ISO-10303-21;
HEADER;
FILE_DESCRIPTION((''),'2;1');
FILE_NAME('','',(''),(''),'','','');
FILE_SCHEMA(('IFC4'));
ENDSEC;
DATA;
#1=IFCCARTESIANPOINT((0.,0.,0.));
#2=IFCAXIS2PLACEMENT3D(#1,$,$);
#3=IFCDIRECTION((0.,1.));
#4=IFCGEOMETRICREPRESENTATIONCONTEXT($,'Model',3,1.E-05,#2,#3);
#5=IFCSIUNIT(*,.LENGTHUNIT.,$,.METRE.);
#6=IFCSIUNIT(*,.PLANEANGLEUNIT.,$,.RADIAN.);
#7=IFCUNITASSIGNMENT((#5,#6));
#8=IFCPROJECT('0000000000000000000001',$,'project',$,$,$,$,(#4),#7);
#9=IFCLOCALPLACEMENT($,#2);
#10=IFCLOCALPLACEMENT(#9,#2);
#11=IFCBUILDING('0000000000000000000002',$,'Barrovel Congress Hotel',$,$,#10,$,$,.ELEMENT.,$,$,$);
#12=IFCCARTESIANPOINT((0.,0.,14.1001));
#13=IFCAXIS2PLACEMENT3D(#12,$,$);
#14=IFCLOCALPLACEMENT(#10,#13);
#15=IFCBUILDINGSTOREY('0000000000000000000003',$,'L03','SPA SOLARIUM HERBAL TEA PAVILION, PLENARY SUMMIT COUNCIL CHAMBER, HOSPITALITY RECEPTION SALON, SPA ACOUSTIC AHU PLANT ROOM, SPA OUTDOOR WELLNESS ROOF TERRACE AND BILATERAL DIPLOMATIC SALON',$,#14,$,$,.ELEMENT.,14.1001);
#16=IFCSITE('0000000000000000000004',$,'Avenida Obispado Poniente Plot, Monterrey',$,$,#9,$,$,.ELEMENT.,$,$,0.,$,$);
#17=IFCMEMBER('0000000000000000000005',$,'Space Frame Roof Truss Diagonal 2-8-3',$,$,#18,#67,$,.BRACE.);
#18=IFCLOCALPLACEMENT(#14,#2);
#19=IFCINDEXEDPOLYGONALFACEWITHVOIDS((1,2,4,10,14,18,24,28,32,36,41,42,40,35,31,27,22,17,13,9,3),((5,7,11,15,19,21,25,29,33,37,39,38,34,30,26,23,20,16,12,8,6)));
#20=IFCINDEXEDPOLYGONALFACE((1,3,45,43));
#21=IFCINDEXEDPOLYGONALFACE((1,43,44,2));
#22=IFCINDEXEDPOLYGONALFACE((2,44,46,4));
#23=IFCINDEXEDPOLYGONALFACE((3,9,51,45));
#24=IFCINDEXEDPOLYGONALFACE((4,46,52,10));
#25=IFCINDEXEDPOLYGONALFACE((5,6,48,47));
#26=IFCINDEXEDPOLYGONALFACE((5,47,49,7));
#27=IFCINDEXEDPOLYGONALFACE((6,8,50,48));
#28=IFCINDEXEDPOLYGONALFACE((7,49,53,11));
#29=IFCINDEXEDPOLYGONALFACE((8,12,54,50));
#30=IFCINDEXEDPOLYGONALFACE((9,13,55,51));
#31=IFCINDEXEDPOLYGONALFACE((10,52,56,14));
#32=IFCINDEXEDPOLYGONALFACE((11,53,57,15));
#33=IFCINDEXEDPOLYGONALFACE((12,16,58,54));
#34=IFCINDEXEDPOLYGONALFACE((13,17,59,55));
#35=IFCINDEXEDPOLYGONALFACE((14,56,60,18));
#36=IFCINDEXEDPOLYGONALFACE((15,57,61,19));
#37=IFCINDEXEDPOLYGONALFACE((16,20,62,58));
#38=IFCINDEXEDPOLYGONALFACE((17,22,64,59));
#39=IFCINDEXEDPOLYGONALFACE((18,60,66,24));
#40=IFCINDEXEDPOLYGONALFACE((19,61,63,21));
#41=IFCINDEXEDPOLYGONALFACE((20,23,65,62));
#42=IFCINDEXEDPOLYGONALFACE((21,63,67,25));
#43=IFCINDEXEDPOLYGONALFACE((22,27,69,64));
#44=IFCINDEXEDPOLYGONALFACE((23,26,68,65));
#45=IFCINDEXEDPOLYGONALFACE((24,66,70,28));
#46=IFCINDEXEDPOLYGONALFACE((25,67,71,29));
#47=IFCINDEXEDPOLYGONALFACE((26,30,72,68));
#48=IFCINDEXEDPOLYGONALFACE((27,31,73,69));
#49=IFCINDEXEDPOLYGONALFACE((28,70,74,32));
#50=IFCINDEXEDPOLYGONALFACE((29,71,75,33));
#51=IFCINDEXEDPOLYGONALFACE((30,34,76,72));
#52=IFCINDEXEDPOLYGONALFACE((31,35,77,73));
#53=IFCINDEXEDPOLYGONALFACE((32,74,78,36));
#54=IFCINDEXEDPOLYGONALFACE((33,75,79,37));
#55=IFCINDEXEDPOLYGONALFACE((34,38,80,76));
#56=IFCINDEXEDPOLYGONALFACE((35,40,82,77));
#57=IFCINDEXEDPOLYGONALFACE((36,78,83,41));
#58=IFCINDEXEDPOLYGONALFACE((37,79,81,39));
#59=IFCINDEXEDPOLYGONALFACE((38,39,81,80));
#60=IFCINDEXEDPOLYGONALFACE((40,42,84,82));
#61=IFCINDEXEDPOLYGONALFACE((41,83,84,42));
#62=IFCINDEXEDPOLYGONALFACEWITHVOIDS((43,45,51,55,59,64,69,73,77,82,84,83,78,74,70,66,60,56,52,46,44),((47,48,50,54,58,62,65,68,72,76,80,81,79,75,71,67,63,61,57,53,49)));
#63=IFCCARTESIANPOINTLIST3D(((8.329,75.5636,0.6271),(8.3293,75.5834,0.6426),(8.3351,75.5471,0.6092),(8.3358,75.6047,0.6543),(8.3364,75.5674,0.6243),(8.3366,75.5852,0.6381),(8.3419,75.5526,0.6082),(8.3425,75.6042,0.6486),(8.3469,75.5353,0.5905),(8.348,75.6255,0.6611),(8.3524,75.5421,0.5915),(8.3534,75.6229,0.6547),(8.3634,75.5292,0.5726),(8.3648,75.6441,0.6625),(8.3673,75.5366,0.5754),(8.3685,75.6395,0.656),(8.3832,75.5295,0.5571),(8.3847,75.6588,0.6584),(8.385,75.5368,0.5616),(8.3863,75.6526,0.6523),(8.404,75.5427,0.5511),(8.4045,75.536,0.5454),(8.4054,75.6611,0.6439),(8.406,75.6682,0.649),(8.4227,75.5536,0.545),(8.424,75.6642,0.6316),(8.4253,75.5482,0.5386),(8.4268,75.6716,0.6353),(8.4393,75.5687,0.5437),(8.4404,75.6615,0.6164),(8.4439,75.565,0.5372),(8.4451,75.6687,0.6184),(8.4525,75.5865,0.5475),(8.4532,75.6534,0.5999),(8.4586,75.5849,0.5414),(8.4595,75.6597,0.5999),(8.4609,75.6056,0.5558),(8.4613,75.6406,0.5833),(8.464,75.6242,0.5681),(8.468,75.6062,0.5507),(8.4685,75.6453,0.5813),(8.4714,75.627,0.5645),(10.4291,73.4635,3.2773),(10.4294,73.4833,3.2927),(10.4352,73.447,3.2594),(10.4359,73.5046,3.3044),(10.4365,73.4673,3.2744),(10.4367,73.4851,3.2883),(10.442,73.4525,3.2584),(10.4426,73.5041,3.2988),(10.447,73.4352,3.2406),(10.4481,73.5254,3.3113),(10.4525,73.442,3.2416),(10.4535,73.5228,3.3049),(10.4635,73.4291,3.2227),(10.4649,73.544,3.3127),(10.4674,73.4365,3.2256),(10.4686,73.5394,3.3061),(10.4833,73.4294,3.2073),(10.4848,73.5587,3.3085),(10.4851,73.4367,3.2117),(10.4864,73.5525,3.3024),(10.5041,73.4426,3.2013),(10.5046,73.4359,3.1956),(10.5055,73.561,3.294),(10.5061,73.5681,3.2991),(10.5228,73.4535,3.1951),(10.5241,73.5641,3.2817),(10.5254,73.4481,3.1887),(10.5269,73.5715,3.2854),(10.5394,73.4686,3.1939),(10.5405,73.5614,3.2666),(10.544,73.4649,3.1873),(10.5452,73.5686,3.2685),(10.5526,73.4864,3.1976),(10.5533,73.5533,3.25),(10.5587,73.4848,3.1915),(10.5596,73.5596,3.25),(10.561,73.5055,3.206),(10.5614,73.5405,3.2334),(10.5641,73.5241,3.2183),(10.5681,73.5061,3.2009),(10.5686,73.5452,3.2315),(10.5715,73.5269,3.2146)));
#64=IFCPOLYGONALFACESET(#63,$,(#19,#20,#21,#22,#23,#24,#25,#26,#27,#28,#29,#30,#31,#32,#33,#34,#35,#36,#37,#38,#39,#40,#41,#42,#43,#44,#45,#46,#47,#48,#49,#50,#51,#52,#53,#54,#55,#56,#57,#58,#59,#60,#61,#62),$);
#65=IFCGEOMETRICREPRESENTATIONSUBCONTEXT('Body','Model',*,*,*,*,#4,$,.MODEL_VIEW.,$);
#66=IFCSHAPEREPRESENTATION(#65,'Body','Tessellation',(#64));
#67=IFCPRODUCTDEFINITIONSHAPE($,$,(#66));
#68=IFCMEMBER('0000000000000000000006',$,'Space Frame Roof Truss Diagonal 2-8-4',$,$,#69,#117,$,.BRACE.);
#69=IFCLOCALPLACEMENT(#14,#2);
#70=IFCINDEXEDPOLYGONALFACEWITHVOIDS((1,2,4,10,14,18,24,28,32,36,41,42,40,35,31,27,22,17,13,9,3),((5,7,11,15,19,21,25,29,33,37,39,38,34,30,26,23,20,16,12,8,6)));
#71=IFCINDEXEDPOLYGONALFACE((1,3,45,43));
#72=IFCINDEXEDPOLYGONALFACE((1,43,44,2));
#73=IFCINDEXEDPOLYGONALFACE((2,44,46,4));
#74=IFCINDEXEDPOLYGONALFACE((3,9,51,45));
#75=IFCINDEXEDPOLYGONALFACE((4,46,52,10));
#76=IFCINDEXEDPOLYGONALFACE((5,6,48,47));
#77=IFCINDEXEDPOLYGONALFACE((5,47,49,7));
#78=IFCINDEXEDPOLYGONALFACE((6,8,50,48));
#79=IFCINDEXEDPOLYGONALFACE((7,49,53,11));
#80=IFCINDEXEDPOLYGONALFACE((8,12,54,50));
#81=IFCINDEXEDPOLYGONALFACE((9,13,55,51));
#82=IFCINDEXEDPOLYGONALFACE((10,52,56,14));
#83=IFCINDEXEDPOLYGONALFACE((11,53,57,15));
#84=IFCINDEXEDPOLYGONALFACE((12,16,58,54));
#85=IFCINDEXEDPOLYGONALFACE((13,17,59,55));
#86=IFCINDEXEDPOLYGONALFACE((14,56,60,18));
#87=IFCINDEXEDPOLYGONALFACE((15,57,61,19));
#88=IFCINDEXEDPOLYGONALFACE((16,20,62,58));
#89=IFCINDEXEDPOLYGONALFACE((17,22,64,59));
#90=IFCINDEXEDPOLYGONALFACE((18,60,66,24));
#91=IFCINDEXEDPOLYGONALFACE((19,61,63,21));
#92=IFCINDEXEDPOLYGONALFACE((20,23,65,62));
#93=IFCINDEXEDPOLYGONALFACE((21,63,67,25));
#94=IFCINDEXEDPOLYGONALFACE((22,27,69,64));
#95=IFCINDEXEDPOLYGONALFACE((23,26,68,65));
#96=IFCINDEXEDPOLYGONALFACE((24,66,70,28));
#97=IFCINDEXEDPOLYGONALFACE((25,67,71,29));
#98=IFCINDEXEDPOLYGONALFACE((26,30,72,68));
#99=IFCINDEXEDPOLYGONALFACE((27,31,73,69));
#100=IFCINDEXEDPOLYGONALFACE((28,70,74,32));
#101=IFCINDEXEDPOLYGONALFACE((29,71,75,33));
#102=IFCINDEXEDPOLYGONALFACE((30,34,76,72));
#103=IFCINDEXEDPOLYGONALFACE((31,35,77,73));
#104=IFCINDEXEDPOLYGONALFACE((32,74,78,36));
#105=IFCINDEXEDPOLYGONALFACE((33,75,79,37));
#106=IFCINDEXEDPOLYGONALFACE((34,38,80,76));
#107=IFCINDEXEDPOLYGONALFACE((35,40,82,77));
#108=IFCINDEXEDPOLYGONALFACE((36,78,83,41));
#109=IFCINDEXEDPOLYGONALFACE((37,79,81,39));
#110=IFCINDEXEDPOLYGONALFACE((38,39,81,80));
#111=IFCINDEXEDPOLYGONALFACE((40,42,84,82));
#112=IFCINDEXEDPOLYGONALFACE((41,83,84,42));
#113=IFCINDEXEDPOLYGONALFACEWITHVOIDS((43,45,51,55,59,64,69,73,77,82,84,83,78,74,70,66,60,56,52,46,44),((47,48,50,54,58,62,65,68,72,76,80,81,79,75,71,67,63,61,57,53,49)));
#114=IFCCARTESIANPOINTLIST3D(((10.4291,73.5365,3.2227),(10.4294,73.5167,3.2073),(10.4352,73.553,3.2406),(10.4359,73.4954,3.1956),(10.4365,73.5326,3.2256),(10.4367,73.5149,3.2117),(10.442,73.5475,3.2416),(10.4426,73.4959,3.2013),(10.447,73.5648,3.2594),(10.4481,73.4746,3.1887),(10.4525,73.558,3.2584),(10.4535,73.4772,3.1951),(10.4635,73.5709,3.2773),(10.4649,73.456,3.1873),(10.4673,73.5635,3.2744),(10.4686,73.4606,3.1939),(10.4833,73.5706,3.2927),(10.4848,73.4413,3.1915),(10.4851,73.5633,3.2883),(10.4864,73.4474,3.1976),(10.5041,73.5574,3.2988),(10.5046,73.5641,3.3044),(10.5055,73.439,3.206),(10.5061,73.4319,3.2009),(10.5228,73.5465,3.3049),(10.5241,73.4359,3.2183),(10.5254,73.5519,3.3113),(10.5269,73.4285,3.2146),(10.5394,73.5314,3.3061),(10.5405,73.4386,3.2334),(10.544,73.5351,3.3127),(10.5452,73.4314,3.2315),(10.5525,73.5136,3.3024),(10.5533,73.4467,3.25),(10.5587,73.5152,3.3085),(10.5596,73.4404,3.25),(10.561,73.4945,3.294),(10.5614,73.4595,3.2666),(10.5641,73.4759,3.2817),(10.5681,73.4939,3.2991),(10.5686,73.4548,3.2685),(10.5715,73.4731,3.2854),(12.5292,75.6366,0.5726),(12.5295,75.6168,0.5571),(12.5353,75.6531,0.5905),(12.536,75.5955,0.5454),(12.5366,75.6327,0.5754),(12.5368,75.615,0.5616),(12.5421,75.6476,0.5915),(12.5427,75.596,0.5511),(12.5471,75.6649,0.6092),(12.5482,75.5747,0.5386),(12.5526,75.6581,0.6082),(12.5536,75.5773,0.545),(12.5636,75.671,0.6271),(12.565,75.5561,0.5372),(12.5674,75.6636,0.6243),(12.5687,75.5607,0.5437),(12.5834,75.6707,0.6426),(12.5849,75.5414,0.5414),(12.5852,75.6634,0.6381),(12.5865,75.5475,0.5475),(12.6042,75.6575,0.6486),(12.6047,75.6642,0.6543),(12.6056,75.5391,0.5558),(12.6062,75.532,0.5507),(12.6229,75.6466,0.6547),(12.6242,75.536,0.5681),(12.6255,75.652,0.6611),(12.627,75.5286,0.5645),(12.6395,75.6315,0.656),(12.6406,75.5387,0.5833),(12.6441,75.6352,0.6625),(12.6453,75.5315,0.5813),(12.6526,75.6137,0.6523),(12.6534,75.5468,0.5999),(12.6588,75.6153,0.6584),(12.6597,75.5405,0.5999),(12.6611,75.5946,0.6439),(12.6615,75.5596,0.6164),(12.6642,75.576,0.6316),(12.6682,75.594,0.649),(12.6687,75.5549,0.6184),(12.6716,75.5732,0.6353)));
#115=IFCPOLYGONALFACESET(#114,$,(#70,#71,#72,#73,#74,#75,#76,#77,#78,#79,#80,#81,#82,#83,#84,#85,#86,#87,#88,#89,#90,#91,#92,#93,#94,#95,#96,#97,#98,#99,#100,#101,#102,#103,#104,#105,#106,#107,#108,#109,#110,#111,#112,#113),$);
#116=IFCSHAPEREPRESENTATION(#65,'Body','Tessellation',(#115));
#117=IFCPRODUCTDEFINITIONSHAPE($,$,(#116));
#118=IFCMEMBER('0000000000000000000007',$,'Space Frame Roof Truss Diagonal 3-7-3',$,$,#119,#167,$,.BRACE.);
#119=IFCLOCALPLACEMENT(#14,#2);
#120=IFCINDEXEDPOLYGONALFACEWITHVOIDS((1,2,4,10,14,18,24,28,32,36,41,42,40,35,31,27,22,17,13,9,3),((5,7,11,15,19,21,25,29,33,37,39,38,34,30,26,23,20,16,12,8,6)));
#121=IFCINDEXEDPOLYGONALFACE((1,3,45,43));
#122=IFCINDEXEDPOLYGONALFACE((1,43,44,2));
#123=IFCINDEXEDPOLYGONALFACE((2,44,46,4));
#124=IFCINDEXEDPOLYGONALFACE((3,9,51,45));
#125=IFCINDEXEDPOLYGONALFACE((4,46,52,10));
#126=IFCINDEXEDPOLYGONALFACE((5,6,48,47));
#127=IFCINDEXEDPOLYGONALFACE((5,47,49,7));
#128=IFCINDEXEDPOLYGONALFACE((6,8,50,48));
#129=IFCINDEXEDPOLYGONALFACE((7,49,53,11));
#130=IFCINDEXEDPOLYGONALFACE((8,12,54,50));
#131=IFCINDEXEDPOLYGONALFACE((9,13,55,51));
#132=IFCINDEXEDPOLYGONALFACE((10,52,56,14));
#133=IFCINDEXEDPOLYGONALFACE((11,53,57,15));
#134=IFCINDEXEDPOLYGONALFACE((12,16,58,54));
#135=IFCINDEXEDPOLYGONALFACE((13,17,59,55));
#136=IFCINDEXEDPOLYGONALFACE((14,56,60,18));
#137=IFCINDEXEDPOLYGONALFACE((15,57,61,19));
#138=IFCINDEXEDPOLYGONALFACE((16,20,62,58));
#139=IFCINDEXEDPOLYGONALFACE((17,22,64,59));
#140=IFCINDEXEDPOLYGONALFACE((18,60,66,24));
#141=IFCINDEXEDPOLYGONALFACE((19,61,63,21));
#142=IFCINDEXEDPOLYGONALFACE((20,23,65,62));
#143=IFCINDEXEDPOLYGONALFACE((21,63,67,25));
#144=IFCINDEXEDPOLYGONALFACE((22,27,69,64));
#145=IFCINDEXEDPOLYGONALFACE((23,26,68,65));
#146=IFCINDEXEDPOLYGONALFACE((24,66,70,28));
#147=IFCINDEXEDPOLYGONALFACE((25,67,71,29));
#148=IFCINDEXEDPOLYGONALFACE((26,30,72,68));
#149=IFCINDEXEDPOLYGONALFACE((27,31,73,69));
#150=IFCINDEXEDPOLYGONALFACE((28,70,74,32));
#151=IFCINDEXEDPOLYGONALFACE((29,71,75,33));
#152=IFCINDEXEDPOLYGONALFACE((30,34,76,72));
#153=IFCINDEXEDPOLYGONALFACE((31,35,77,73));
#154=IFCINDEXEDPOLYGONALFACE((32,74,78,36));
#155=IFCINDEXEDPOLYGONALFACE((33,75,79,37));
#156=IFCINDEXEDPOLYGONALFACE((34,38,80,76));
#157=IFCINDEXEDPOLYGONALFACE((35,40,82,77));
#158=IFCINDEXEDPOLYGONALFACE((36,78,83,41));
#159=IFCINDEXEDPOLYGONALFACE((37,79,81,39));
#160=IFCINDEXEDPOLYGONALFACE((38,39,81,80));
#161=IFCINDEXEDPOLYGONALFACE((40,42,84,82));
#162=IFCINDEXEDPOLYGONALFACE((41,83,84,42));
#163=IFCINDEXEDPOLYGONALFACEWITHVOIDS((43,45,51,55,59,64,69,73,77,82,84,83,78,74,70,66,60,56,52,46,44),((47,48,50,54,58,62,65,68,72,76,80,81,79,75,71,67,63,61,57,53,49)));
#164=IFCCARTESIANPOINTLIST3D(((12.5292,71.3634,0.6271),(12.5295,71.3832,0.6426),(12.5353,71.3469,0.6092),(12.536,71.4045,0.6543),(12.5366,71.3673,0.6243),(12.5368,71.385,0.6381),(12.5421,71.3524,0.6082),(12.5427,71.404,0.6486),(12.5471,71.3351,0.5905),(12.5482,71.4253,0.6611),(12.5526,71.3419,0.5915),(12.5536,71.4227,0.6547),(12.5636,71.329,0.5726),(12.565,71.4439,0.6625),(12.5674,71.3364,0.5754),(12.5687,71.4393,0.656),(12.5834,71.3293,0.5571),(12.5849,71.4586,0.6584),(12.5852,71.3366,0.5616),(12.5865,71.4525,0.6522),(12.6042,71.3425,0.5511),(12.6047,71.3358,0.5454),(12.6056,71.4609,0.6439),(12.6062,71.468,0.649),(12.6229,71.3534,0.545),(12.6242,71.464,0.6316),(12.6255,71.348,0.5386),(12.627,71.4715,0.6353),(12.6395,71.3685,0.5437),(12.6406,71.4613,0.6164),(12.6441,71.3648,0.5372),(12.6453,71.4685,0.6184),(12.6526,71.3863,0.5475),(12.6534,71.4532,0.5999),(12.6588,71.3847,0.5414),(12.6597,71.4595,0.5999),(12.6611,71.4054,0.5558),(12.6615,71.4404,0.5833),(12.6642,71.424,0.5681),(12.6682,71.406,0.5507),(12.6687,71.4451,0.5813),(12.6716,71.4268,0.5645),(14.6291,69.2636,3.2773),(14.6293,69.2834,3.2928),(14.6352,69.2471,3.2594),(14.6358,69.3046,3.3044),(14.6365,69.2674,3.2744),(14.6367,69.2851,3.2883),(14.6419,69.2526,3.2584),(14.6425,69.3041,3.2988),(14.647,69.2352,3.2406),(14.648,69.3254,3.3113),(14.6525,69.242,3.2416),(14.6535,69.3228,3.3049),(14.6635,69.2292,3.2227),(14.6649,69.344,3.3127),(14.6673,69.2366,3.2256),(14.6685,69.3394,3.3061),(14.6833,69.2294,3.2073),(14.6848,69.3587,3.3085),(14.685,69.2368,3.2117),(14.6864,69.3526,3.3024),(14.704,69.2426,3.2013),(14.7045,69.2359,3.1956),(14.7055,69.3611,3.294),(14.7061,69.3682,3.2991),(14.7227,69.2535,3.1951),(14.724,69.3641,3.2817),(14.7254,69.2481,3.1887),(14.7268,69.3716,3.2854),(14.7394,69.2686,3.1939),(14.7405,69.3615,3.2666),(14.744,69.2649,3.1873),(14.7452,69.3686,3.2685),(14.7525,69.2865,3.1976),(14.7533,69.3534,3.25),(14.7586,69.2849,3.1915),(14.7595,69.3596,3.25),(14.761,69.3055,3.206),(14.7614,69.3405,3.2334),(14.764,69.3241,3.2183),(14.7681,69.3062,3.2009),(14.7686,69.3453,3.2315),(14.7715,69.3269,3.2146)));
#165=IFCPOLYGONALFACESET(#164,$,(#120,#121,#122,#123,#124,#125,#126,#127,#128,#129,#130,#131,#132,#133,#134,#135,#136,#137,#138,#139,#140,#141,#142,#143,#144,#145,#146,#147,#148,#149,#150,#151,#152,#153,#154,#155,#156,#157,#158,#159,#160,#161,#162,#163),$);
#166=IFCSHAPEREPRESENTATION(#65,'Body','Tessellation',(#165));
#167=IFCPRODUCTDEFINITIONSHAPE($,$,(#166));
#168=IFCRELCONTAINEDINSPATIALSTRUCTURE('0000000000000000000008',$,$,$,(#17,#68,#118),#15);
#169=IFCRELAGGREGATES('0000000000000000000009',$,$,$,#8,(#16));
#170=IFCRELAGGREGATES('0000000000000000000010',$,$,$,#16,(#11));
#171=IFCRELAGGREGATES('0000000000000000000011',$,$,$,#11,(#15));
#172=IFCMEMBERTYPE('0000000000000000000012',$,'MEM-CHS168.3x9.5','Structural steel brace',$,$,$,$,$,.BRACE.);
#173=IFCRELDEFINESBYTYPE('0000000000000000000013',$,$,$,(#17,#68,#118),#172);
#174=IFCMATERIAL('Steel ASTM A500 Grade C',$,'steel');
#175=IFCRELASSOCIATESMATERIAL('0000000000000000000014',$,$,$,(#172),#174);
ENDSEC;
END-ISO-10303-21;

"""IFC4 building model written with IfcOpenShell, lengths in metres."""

from ifc_helpers import new_model, si_unit, direction, frame, origin, origin_2d, place, context, subcontext, project, spatial, hollow_circle, extrude, material, material_profile, profile_set, type_object, element, save


model = new_model("IFC4")

# Units and contexts
model_context = context("Model", 3, precision=1e-05, world=origin(), true_north=direction((0.0, 1.0)))
body_context = subcontext(model_context, "Body", "Model", "MODEL_VIEW")
ifc_project = project(units=[si_unit("LENGTHUNIT", "METRE"), si_unit("PLANEANGLEUNIT", "RADIAN")], contexts=[model_context])

# Site, building, storey
site_placement = place(None, origin())
site = spatial("IfcSite", under=ifc_project, at=site_placement, Name="Avenida Obispado Poniente Plot, Monterrey", CompositionType="ELEMENT", RefElevation=0.0)
building_placement = place(site_placement, origin())
building = spatial("IfcBuilding", under=site, at=building_placement, Name="Barrovel Congress Hotel", CompositionType="ELEMENT")
storey_placement = place(building_placement, frame((0.0, 0.0, 14.1001)))
storey = spatial("IfcBuildingStorey", under=building, at=storey_placement, Name="L03", Description="SPA SOLARIUM HERBAL TEA PAVILION, PLENARY SUMMIT COUNCIL CHAMBER, HOSPITALITY RECEPTION SALON, SPA ACOUSTIC AHU PLANT ROOM, SPA OUTDOOR WELLNESS ROOF TERRACE AND BILATERAL DIPLOMATIC SALON", CompositionType="ELEMENT", Elevation=14.1001)

# Members
ifc_material_1 = material(Name="Steel ASTM A500 Grade C", Category="steel")
ifc_material_profile_1 = material_profile(ifc_material_1, hollow_circle(Radius=0.0842, WallThickness=0.0088, at=origin_2d()), Name="CHS168.3x9.5")
ifc_profile_set_1 = profile_set([ifc_material_profile_1], Name="Steel ASTM A500 Grade C")
member_type_1 = type_object("IfcMemberType", Name="MEM-CHS168.3x9.5", Description="Structural steel brace", PredefinedType="BRACE", material=ifc_profile_set_1)
for number, where, z_axis, x_axis, name in (
    (1, (8.3999, 75.6001, 0.5999), (0.527601, -0.527601, 0.665788), (0.707107, 0.707107, 0.0), "Space Frame Roof Truss Diagonal 2-8-3"),
    (2, (12.6001, 75.6001, 0.5999), (-0.527601, -0.527601, 0.665788), (0.707107, -0.707107, 0.0), "Space Frame Roof Truss Diagonal 2-8-4"),
):
    element("IfcMember", number, at=place(storey_placement, frame(where, z_axis=z_axis, x_axis=x_axis)), inside=storey, type_object=member_type_1, Name=name, PredefinedType="BRACE", context=body_context, shape_type="SweptSolid", body=[
        extrude(hollow_circle(Radius=0.0842, WallThickness=0.0088, at=origin_2d()), origin(), (0.0, 0.0, 1.0), 3.9805),
    ])
for number, where, z_axis, x_axis, name in (
    (3, (12.6001, 71.3999, 0.5999), (0.527574, -0.527574, 0.665831), (0.707107, 0.707107, 0.0), "Space Frame Roof Truss Diagonal 3-7-3"),
):
    element("IfcMember", number, at=place(storey_placement, frame(where, z_axis=z_axis, x_axis=x_axis)), inside=storey, type_object=member_type_1, Name=name, PredefinedType="BRACE", context=body_context, shape_type="SweptSolid", body=[
        extrude(hollow_circle(Radius=0.0842, WallThickness=0.0088, at=origin_2d()), origin(), (0.0, 0.0, 1.0), 3.9802),
    ])

save(model, "model.ifc")
